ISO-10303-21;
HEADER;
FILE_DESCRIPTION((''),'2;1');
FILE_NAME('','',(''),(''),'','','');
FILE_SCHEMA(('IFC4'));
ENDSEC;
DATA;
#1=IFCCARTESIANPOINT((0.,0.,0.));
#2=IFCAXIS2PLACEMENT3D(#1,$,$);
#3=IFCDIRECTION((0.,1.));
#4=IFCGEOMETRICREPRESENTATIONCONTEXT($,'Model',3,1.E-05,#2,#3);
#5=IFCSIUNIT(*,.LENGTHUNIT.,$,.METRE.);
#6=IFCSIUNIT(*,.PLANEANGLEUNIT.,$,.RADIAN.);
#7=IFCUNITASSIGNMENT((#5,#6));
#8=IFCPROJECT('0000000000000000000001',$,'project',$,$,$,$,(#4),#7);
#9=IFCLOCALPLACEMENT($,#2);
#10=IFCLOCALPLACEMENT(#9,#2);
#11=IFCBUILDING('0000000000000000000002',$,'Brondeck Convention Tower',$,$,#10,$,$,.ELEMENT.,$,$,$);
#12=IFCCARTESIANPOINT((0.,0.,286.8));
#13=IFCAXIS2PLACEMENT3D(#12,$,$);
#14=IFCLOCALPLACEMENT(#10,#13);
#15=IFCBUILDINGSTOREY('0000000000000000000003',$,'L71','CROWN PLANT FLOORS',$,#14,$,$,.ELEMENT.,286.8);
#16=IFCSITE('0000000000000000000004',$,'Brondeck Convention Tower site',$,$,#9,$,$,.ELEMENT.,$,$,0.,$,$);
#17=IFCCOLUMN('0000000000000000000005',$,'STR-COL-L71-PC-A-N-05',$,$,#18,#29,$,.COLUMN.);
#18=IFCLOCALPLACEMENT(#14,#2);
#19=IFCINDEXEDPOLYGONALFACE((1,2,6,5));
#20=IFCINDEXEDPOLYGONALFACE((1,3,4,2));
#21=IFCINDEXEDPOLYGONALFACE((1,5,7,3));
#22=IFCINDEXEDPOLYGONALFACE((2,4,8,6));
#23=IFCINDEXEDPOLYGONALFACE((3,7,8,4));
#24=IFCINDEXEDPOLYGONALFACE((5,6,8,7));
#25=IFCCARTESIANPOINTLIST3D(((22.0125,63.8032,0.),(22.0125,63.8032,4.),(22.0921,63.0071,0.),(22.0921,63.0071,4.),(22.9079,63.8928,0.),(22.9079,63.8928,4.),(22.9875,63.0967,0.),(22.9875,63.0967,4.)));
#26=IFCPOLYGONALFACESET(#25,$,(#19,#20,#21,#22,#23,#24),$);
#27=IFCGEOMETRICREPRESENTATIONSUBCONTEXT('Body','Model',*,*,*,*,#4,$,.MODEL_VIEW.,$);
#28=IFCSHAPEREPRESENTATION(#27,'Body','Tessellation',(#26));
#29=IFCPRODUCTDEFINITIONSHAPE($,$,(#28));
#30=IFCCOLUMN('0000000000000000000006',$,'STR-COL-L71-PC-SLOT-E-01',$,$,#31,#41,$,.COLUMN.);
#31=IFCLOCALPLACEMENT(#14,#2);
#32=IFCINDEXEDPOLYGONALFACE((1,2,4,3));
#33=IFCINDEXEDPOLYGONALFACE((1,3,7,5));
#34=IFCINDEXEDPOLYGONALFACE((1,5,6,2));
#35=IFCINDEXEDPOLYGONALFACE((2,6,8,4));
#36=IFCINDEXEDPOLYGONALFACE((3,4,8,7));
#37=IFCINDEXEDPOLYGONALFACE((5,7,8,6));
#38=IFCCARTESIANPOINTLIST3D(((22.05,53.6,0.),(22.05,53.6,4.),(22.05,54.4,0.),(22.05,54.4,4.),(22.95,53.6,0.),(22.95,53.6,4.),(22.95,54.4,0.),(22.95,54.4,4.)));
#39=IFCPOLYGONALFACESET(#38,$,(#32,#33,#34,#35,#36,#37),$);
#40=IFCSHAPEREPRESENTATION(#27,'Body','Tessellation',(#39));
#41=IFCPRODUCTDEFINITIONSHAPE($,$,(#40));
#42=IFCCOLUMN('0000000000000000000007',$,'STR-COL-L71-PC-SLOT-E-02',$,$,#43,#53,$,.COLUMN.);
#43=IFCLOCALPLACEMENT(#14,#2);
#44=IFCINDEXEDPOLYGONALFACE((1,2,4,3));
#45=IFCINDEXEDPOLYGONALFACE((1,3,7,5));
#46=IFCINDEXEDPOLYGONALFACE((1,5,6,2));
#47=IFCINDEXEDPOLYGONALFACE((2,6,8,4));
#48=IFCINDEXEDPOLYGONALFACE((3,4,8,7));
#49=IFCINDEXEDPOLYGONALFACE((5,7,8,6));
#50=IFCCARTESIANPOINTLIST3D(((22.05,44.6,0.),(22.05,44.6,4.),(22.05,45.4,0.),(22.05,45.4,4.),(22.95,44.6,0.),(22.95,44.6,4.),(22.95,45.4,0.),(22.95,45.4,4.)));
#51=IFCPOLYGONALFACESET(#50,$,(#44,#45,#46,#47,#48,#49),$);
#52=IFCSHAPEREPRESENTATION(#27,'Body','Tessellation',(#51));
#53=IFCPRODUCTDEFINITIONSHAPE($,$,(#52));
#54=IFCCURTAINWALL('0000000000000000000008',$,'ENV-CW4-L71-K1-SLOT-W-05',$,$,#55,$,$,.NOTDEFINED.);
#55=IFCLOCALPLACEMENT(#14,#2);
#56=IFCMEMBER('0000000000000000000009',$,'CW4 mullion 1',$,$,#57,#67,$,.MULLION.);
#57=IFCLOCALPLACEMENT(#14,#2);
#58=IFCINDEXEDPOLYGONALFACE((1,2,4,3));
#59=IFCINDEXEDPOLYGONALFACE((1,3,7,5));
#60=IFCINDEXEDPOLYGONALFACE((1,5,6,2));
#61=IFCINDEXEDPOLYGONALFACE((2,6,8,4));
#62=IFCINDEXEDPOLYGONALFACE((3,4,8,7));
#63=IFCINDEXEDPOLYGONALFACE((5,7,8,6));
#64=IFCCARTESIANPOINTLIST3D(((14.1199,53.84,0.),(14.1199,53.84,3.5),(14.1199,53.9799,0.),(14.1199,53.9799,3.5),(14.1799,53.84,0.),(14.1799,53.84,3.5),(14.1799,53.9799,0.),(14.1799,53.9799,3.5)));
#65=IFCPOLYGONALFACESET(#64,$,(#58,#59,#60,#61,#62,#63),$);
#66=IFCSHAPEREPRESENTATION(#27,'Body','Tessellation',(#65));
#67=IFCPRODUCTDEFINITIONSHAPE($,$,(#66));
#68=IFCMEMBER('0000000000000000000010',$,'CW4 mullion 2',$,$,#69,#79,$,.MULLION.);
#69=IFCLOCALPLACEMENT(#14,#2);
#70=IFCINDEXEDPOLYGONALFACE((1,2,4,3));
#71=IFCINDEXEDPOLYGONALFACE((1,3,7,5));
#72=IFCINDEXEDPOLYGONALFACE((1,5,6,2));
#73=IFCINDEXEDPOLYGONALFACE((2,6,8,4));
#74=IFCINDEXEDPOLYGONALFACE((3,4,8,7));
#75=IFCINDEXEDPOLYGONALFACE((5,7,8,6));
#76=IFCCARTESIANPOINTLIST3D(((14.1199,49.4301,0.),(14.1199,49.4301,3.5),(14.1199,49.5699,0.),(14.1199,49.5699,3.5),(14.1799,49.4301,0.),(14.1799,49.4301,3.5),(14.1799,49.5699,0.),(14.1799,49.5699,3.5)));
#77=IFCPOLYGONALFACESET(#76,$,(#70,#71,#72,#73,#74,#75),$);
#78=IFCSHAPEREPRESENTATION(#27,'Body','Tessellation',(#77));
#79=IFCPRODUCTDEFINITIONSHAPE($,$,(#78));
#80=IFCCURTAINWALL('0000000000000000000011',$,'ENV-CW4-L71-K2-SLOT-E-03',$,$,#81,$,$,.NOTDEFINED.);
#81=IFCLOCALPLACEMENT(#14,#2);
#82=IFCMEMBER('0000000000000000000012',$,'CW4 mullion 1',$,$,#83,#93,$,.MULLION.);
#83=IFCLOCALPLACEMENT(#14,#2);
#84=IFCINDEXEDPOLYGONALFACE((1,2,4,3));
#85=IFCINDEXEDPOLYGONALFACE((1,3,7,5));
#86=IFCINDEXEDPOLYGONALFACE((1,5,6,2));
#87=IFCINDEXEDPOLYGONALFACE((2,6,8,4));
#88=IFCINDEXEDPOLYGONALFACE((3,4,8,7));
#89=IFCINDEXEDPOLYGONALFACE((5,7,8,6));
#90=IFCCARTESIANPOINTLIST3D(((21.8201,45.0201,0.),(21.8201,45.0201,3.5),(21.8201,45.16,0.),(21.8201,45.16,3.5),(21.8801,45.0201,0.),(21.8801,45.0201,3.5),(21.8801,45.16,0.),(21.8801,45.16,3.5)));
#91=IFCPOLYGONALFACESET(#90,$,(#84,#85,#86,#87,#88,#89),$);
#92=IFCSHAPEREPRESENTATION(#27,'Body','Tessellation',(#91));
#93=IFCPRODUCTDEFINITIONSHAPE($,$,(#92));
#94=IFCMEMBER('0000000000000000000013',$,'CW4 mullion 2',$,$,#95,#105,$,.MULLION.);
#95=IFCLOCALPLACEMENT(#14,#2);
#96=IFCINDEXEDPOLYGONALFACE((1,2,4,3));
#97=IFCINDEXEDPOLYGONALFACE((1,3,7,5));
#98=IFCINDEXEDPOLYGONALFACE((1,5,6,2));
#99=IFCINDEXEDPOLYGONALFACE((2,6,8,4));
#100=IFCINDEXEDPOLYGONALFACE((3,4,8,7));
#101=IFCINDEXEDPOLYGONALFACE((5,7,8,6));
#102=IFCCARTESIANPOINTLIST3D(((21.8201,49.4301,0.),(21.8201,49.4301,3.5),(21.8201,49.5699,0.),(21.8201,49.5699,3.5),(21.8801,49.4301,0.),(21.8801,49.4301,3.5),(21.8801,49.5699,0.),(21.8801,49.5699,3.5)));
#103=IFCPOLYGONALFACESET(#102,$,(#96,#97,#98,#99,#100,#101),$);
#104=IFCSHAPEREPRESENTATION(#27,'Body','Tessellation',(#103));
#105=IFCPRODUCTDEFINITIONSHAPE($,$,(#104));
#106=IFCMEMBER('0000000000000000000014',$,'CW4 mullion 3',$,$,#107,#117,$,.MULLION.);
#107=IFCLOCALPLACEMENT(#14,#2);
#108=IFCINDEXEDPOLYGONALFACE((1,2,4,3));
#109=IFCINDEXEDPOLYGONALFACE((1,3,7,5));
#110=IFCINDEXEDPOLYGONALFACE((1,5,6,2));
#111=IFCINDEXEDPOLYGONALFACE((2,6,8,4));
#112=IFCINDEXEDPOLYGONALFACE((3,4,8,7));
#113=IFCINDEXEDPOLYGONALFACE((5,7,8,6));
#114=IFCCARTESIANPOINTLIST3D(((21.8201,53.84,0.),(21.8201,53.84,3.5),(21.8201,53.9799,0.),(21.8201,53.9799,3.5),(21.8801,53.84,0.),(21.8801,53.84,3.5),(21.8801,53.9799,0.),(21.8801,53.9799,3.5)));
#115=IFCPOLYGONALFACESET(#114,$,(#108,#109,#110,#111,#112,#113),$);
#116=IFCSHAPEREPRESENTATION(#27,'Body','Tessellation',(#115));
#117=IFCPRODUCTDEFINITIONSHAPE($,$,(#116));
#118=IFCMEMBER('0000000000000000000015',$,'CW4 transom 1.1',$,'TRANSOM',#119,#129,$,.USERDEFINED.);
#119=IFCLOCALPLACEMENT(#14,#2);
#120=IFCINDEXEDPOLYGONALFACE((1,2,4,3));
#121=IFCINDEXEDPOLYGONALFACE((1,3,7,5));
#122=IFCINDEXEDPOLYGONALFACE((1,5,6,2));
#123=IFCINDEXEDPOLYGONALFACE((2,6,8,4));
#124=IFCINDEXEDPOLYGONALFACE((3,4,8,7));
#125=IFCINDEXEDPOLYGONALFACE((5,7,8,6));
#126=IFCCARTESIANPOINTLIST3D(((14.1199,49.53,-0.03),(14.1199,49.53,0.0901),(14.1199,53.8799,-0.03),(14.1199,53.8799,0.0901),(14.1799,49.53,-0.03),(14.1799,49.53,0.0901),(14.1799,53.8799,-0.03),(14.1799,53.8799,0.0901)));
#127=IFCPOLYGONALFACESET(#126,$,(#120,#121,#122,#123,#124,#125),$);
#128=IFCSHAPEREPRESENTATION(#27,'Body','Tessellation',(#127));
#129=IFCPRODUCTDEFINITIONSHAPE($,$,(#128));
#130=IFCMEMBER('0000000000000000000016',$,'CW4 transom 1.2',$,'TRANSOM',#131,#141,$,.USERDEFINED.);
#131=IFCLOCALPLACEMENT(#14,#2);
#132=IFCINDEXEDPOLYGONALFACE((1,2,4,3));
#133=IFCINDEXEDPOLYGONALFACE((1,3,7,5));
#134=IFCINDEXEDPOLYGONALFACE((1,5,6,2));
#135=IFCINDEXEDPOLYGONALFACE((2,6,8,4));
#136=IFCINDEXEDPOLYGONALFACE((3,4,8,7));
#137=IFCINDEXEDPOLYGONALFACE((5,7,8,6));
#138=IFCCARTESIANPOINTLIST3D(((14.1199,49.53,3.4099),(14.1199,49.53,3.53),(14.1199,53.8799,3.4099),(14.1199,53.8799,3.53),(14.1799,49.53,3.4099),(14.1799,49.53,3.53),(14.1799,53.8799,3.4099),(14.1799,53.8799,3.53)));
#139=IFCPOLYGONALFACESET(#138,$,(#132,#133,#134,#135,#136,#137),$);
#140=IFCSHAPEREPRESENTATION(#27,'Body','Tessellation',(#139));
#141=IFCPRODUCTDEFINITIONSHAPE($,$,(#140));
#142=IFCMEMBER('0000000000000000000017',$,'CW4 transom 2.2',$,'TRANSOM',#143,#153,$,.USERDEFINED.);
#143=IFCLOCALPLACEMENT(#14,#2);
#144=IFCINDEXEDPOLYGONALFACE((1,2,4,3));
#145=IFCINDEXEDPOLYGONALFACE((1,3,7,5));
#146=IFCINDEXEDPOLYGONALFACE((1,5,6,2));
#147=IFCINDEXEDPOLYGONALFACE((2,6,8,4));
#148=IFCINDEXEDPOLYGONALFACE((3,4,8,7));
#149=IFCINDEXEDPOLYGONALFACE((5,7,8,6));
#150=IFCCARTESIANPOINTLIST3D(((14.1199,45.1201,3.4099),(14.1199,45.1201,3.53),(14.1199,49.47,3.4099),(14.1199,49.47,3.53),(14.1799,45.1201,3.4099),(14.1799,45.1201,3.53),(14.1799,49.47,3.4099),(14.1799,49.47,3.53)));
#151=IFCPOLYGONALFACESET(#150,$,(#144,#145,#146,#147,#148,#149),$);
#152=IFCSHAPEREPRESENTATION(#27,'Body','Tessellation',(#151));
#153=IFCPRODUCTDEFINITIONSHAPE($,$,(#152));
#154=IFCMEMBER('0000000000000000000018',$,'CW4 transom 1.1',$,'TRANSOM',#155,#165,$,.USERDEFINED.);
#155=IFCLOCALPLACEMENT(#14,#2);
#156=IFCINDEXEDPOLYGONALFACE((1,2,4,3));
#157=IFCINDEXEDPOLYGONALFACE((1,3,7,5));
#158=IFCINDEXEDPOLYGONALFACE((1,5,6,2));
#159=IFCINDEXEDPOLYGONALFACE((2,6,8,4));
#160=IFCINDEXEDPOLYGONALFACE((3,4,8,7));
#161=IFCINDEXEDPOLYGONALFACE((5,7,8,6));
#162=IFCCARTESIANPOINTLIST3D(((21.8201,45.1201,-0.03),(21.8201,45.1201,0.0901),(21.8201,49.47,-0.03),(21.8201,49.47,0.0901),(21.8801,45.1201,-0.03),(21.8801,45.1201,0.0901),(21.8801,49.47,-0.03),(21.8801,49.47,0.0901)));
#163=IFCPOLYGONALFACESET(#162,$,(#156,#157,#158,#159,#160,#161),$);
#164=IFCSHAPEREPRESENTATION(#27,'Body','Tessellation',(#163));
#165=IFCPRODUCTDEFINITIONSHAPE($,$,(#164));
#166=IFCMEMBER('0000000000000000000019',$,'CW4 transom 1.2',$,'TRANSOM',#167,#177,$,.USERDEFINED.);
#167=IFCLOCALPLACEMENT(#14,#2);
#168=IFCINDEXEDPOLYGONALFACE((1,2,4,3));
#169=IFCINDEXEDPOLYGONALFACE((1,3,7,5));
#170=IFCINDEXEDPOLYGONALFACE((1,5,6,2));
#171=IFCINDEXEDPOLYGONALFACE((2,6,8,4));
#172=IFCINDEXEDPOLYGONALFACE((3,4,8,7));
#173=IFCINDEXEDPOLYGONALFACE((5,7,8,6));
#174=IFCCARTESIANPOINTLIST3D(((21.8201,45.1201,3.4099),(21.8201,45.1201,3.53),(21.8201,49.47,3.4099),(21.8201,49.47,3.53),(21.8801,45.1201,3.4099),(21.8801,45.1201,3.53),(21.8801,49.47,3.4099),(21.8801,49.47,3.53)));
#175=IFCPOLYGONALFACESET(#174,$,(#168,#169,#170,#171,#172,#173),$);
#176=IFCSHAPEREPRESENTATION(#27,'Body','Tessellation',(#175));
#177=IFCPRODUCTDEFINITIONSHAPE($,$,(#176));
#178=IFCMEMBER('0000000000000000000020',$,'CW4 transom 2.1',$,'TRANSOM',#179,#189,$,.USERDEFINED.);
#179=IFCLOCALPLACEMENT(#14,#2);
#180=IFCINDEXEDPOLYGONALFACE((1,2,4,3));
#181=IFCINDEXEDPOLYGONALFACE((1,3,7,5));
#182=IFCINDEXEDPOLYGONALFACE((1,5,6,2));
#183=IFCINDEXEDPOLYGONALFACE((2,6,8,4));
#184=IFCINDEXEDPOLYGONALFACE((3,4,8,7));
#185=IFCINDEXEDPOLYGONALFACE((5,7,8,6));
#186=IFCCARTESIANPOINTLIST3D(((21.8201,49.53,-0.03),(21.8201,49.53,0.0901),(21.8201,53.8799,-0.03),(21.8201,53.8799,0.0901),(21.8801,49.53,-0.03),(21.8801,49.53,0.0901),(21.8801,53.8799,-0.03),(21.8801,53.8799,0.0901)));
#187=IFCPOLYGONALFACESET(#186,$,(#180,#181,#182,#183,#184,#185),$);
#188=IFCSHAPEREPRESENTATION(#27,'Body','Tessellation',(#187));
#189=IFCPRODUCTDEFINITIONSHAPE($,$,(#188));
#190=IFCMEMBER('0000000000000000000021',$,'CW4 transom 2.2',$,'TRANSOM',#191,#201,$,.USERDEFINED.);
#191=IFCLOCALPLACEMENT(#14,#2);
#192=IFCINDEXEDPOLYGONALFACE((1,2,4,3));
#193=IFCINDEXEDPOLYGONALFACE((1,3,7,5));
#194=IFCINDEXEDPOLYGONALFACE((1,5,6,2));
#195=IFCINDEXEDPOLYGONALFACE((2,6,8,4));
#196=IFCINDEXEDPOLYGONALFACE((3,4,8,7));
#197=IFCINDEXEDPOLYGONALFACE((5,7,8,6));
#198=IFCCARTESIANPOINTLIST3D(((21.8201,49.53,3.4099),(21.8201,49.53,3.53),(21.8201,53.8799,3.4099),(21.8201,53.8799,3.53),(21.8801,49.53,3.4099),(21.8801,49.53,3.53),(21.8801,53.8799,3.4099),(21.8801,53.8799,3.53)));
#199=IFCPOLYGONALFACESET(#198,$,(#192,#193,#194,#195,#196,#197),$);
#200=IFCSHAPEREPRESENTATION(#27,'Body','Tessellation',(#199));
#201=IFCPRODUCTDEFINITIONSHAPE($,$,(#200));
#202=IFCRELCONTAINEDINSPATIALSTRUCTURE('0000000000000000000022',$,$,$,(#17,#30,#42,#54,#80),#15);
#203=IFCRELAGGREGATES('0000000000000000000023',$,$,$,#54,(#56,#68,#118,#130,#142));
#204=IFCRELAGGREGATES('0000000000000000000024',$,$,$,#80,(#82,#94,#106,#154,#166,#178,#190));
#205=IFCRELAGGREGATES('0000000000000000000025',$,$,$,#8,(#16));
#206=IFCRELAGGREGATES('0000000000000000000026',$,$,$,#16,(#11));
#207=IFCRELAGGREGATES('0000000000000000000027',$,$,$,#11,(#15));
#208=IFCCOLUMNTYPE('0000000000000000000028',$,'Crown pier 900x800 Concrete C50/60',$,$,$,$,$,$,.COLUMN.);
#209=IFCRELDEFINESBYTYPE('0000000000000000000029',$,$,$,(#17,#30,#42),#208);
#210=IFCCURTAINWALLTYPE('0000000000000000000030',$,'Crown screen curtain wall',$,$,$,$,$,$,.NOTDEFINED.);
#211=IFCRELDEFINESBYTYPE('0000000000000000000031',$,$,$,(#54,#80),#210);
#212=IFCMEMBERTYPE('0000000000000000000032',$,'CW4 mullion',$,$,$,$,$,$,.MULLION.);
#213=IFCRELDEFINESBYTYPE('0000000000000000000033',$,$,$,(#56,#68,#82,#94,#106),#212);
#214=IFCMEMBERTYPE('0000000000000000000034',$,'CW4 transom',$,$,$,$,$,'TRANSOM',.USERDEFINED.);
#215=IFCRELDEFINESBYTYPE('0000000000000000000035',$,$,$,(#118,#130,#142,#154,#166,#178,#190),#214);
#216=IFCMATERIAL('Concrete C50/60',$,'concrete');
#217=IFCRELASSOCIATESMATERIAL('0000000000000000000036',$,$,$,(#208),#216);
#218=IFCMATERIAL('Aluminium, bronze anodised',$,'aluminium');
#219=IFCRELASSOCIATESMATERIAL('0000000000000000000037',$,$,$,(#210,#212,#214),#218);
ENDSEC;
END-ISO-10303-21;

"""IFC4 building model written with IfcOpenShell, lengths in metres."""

from ifc_helpers import new_model, si_unit, direction, frame, origin, origin_2d, place, context, subcontext, project, spatial, rectangle, extrude, material, material_profile, profile_set, type_object, element, aggregate, save


model = new_model("IFC4")

# Units and contexts
model_context = context("Model", 3, precision=1e-05, world=origin(), true_north=direction((0.0, 1.0)))
body_context = subcontext(model_context, "Body", "Model", "MODEL_VIEW")
ifc_project = project(units=[si_unit("LENGTHUNIT", "METRE"), si_unit("PLANEANGLEUNIT", "RADIAN")], contexts=[model_context])

# Site, building, storey
site_placement = place(None, origin())
site = spatial("IfcSite", under=ifc_project, at=site_placement, Name="Brondeck Convention Tower site", CompositionType="ELEMENT", RefElevation=0.0)
building_placement = place(site_placement, origin())
building = spatial("IfcBuilding", under=site, at=building_placement, Name="Brondeck Convention Tower", CompositionType="ELEMENT")
storey_placement = place(building_placement, frame((0.0, 0.0, 286.8)))
storey = spatial("IfcBuildingStorey", under=building, at=storey_placement, Name="L71", Description="CROWN PLANT FLOORS", CompositionType="ELEMENT", Elevation=286.8)

# Columns
ifc_material_1 = material(Name="Concrete C50/60", Category="concrete")
ifc_material_profile_1 = material_profile(ifc_material_1, rectangle(XDim=0.8999, YDim=0.8, at=origin_2d()), Name="Crown pier 900x800 Concrete C50/60")
ifc_profile_set_1 = profile_set([ifc_material_profile_1], Name="Concrete C50/60")
column_type = type_object("IfcColumnType", Name="Crown pier 900x800 Concrete C50/60", PredefinedType="COLUMN", material=ifc_profile_set_1)
for number, where, z_axis, x_axis, name in (
    (1, (22.5, 63.45, 0.0), (0.0, 0.0, 1.0), (-0.995037, -0.099504, 0.0), "STR-COL-L71-PC-A-N-05"),
    (2, (22.5, 54.0, 0.0), (0.0, 0.0, 1.0), (1.0, 0.0, 0.0), "STR-COL-L71-PC-SLOT-E-01"),
    (3, (22.5, 45.0, 0.0), (0.0, 0.0, 1.0), (1.0, 0.0, 0.0), "STR-COL-L71-PC-SLOT-E-02"),
):
    element("IfcColumn", number, at=place(storey_placement, frame(where, z_axis=z_axis, x_axis=x_axis)), inside=storey, type_object=column_type, Name=name, PredefinedType="COLUMN", context=body_context, shape_type="SweptSolid", body=[
        extrude(rectangle(XDim=0.8999, YDim=0.8, at=origin_2d()), origin(), (0.0, 0.0, 1.0), 4.0),
    ])

# Curtain walls, members
ifc_material_2 = material(Name="Aluminium, bronze anodised", Category="aluminium")
curtain_wall_type = type_object("IfcCurtainWallType", Name="Crown screen curtain wall", PredefinedType="NOTDEFINED", material=ifc_material_2)
curtain_wall_1_placement = place(storey_placement, origin())
curtain_wall_1 = element("IfcCurtainWall", 4, at=curtain_wall_1_placement, inside=storey, type_object=curtain_wall_type, Name="ENV-CW4-L71-K1-SLOT-W-05", PredefinedType="NOTDEFINED")
ifc_material_profile_2 = material_profile(ifc_material_2, rectangle(XDim=0.0601, YDim=0.1399, at=origin_2d()), Name="CW4 mullion")
ifc_profile_set_2 = profile_set([ifc_material_profile_2], Name="Aluminium, bronze anodised")
member_type_1 = type_object("IfcMemberType", Name="CW4 mullion", PredefinedType="MULLION", material=ifc_profile_set_2)
member_1_placement = place(storey_placement, frame((14.1499, 53.9099, 0.0), z_axis=(0.0, 0.0, 1.0), x_axis=(1.0, 0.0, 0.0)))
member_1 = element("IfcMember", 5, at=member_1_placement, type_object=member_type_1, Name="CW4 mullion 1", PredefinedType="MULLION", context=body_context, shape_type="SweptSolid", body=[
    extrude(rectangle(XDim=0.0601, YDim=0.1399, at=origin_2d()), origin(), (0.0, 0.0, 1.0), 3.5),
])
member_2_placement = place(storey_placement, frame((14.1499, 49.5, 0.0), z_axis=(0.0, 0.0, 1.0), x_axis=(1.0, 0.0, 0.0)))
member_2 = element("IfcMember", 6, at=member_2_placement, type_object=member_type_1, Name="CW4 mullion 2", PredefinedType="MULLION", context=body_context, shape_type="SweptSolid", body=[
    extrude(rectangle(XDim=0.0601, YDim=0.1399, at=origin_2d()), origin(), (0.0, 0.0, 1.0), 3.5),
])
curtain_wall_2_placement = place(storey_placement, origin())
curtain_wall_2 = element("IfcCurtainWall", 7, at=curtain_wall_2_placement, inside=storey, type_object=curtain_wall_type, Name="ENV-CW4-L71-K2-SLOT-E-03", PredefinedType="NOTDEFINED")
member_3_placement = place(storey_placement, frame((21.8501, 45.0901, 0.0), z_axis=(0.0, 0.0, 1.0), x_axis=(-1.0, 0.0, 0.0)))
member_3 = element("IfcMember", 8, at=member_3_placement, type_object=member_type_1, Name="CW4 mullion 1", PredefinedType="MULLION", context=body_context, shape_type="SweptSolid", body=[
    extrude(rectangle(XDim=0.0601, YDim=0.1399, at=origin_2d()), origin(), (0.0, 0.0, 1.0), 3.5),
])
member_4_placement = place(storey_placement, frame((21.8501, 49.5, 0.0), z_axis=(0.0, 0.0, 1.0), x_axis=(-1.0, 0.0, 0.0)))
member_4 = element("IfcMember", 9, at=member_4_placement, type_object=member_type_1, Name="CW4 mullion 2", PredefinedType="MULLION", context=body_context, shape_type="SweptSolid", body=[
    extrude(rectangle(XDim=0.0601, YDim=0.1399, at=origin_2d()), origin(), (0.0, 0.0, 1.0), 3.5),
])
member_5_placement = place(storey_placement, frame((21.8501, 53.9099, 0.0), z_axis=(0.0, 0.0, 1.0), x_axis=(-1.0, 0.0, 0.0)))
member_5 = element("IfcMember", 10, at=member_5_placement, type_object=member_type_1, Name="CW4 mullion 3", PredefinedType="MULLION", context=body_context, shape_type="SweptSolid", body=[
    extrude(rectangle(XDim=0.0601, YDim=0.1399, at=origin_2d()), origin(), (0.0, 0.0, 1.0), 3.5),
])

# Members
ifc_material_profile_3 = material_profile(ifc_material_2, rectangle(XDim=0.0601, YDim=0.1201, at=origin_2d()), Name="CW4 transom")
ifc_profile_set_3 = profile_set([ifc_material_profile_3], Name="Aluminium, bronze anodised")
member_type_2 = type_object("IfcMemberType", Name="CW4 transom", ElementType="TRANSOM", PredefinedType="USERDEFINED", material=ifc_profile_set_3)
member_6_placement = place(storey_placement, frame((14.1499, 53.8799, 0.03), z_axis=(0.0, -1.0, 0.0), x_axis=(1.0, 0.0, 0.0)))
member_6 = element("IfcMember", 11, at=member_6_placement, type_object=member_type_2, Name="CW4 transom 1.1", ObjectType="TRANSOM", PredefinedType="USERDEFINED", context=body_context, shape_type="SweptSolid", body=[
    extrude(rectangle(XDim=0.0601, YDim=0.1201, at=origin_2d()), origin(), (0.0, 0.0, 1.0), 4.3499),
])
member_7_placement = place(storey_placement, frame((14.1499, 53.8799, 3.47), z_axis=(0.0, -1.0, 0.0), x_axis=(1.0, 0.0, 0.0)))
member_7 = element("IfcMember", 12, at=member_7_placement, type_object=member_type_2, Name="CW4 transom 1.2", ObjectType="TRANSOM", PredefinedType="USERDEFINED", context=body_context, shape_type="SweptSolid", body=[
    extrude(rectangle(XDim=0.0601, YDim=0.1201, at=origin_2d()), origin(), (0.0, 0.0, 1.0), 4.3499),
])
member_8_placement = place(storey_placement, frame((14.1499, 49.47, 3.47), z_axis=(0.0, -1.0, 0.0), x_axis=(1.0, 0.0, 0.0)))
member_8 = element("IfcMember", 13, at=member_8_placement, type_object=member_type_2, Name="CW4 transom 2.2", ObjectType="TRANSOM", PredefinedType="USERDEFINED", context=body_context, shape_type="SweptSolid", body=[
    extrude(rectangle(XDim=0.0601, YDim=0.1201, at=origin_2d()), origin(), (0.0, 0.0, 1.0), 4.3499),
])
member_9_placement = place(storey_placement, frame((21.8501, 45.1201, 0.03), z_axis=(0.0, 1.0, 0.0), x_axis=(-1.0, 0.0, 0.0)))
member_9 = element("IfcMember", 14, at=member_9_placement, type_object=member_type_2, Name="CW4 transom 1.1", ObjectType="TRANSOM", PredefinedType="USERDEFINED", context=body_context, shape_type="SweptSolid", body=[
    extrude(rectangle(XDim=0.0601, YDim=0.1201, at=origin_2d()), origin(), (0.0, 0.0, 1.0), 4.3499),
])
member_10_placement = place(storey_placement, frame((21.8501, 45.1201, 3.47), z_axis=(0.0, 1.0, 0.0), x_axis=(-1.0, 0.0, 0.0)))
member_10 = element("IfcMember", 15, at=member_10_placement, type_object=member_type_2, Name="CW4 transom 1.2", ObjectType="TRANSOM", PredefinedType="USERDEFINED", context=body_context, shape_type="SweptSolid", body=[
    extrude(rectangle(XDim=0.0601, YDim=0.1201, at=origin_2d()), origin(), (0.0, 0.0, 1.0), 4.3499),
])
member_11_placement = place(storey_placement, frame((21.8501, 49.53, 0.03), z_axis=(0.0, 1.0, 0.0), x_axis=(-1.0, 0.0, 0.0)))
member_11 = element("IfcMember", 16, at=member_11_placement, type_object=member_type_2, Name="CW4 transom 2.1", ObjectType="TRANSOM", PredefinedType="USERDEFINED", context=body_context, shape_type="SweptSolid", body=[
    extrude(rectangle(XDim=0.0601, YDim=0.1201, at=origin_2d()), origin(), (0.0, 0.0, 1.0), 4.3499),
])
member_12_placement = place(storey_placement, frame((21.8501, 49.53, 3.47), z_axis=(0.0, 1.0, 0.0), x_axis=(-1.0, 0.0, 0.0)))
member_12 = element("IfcMember", 17, at=member_12_placement, type_object=member_type_2, Name="CW4 transom 2.2", ObjectType="TRANSOM", PredefinedType="USERDEFINED", context=body_context, shape_type="SweptSolid", body=[
    extrude(rectangle(XDim=0.0601, YDim=0.1201, at=origin_2d()), origin(), (0.0, 0.0, 1.0), 4.3499),
])

aggregate(curtain_wall_1, [member_1, member_2, member_6, member_7, member_8])
aggregate(curtain_wall_2, [member_3, member_4, member_5, member_9, member_10, member_11, member_12])

save(model, "model.ifc")
